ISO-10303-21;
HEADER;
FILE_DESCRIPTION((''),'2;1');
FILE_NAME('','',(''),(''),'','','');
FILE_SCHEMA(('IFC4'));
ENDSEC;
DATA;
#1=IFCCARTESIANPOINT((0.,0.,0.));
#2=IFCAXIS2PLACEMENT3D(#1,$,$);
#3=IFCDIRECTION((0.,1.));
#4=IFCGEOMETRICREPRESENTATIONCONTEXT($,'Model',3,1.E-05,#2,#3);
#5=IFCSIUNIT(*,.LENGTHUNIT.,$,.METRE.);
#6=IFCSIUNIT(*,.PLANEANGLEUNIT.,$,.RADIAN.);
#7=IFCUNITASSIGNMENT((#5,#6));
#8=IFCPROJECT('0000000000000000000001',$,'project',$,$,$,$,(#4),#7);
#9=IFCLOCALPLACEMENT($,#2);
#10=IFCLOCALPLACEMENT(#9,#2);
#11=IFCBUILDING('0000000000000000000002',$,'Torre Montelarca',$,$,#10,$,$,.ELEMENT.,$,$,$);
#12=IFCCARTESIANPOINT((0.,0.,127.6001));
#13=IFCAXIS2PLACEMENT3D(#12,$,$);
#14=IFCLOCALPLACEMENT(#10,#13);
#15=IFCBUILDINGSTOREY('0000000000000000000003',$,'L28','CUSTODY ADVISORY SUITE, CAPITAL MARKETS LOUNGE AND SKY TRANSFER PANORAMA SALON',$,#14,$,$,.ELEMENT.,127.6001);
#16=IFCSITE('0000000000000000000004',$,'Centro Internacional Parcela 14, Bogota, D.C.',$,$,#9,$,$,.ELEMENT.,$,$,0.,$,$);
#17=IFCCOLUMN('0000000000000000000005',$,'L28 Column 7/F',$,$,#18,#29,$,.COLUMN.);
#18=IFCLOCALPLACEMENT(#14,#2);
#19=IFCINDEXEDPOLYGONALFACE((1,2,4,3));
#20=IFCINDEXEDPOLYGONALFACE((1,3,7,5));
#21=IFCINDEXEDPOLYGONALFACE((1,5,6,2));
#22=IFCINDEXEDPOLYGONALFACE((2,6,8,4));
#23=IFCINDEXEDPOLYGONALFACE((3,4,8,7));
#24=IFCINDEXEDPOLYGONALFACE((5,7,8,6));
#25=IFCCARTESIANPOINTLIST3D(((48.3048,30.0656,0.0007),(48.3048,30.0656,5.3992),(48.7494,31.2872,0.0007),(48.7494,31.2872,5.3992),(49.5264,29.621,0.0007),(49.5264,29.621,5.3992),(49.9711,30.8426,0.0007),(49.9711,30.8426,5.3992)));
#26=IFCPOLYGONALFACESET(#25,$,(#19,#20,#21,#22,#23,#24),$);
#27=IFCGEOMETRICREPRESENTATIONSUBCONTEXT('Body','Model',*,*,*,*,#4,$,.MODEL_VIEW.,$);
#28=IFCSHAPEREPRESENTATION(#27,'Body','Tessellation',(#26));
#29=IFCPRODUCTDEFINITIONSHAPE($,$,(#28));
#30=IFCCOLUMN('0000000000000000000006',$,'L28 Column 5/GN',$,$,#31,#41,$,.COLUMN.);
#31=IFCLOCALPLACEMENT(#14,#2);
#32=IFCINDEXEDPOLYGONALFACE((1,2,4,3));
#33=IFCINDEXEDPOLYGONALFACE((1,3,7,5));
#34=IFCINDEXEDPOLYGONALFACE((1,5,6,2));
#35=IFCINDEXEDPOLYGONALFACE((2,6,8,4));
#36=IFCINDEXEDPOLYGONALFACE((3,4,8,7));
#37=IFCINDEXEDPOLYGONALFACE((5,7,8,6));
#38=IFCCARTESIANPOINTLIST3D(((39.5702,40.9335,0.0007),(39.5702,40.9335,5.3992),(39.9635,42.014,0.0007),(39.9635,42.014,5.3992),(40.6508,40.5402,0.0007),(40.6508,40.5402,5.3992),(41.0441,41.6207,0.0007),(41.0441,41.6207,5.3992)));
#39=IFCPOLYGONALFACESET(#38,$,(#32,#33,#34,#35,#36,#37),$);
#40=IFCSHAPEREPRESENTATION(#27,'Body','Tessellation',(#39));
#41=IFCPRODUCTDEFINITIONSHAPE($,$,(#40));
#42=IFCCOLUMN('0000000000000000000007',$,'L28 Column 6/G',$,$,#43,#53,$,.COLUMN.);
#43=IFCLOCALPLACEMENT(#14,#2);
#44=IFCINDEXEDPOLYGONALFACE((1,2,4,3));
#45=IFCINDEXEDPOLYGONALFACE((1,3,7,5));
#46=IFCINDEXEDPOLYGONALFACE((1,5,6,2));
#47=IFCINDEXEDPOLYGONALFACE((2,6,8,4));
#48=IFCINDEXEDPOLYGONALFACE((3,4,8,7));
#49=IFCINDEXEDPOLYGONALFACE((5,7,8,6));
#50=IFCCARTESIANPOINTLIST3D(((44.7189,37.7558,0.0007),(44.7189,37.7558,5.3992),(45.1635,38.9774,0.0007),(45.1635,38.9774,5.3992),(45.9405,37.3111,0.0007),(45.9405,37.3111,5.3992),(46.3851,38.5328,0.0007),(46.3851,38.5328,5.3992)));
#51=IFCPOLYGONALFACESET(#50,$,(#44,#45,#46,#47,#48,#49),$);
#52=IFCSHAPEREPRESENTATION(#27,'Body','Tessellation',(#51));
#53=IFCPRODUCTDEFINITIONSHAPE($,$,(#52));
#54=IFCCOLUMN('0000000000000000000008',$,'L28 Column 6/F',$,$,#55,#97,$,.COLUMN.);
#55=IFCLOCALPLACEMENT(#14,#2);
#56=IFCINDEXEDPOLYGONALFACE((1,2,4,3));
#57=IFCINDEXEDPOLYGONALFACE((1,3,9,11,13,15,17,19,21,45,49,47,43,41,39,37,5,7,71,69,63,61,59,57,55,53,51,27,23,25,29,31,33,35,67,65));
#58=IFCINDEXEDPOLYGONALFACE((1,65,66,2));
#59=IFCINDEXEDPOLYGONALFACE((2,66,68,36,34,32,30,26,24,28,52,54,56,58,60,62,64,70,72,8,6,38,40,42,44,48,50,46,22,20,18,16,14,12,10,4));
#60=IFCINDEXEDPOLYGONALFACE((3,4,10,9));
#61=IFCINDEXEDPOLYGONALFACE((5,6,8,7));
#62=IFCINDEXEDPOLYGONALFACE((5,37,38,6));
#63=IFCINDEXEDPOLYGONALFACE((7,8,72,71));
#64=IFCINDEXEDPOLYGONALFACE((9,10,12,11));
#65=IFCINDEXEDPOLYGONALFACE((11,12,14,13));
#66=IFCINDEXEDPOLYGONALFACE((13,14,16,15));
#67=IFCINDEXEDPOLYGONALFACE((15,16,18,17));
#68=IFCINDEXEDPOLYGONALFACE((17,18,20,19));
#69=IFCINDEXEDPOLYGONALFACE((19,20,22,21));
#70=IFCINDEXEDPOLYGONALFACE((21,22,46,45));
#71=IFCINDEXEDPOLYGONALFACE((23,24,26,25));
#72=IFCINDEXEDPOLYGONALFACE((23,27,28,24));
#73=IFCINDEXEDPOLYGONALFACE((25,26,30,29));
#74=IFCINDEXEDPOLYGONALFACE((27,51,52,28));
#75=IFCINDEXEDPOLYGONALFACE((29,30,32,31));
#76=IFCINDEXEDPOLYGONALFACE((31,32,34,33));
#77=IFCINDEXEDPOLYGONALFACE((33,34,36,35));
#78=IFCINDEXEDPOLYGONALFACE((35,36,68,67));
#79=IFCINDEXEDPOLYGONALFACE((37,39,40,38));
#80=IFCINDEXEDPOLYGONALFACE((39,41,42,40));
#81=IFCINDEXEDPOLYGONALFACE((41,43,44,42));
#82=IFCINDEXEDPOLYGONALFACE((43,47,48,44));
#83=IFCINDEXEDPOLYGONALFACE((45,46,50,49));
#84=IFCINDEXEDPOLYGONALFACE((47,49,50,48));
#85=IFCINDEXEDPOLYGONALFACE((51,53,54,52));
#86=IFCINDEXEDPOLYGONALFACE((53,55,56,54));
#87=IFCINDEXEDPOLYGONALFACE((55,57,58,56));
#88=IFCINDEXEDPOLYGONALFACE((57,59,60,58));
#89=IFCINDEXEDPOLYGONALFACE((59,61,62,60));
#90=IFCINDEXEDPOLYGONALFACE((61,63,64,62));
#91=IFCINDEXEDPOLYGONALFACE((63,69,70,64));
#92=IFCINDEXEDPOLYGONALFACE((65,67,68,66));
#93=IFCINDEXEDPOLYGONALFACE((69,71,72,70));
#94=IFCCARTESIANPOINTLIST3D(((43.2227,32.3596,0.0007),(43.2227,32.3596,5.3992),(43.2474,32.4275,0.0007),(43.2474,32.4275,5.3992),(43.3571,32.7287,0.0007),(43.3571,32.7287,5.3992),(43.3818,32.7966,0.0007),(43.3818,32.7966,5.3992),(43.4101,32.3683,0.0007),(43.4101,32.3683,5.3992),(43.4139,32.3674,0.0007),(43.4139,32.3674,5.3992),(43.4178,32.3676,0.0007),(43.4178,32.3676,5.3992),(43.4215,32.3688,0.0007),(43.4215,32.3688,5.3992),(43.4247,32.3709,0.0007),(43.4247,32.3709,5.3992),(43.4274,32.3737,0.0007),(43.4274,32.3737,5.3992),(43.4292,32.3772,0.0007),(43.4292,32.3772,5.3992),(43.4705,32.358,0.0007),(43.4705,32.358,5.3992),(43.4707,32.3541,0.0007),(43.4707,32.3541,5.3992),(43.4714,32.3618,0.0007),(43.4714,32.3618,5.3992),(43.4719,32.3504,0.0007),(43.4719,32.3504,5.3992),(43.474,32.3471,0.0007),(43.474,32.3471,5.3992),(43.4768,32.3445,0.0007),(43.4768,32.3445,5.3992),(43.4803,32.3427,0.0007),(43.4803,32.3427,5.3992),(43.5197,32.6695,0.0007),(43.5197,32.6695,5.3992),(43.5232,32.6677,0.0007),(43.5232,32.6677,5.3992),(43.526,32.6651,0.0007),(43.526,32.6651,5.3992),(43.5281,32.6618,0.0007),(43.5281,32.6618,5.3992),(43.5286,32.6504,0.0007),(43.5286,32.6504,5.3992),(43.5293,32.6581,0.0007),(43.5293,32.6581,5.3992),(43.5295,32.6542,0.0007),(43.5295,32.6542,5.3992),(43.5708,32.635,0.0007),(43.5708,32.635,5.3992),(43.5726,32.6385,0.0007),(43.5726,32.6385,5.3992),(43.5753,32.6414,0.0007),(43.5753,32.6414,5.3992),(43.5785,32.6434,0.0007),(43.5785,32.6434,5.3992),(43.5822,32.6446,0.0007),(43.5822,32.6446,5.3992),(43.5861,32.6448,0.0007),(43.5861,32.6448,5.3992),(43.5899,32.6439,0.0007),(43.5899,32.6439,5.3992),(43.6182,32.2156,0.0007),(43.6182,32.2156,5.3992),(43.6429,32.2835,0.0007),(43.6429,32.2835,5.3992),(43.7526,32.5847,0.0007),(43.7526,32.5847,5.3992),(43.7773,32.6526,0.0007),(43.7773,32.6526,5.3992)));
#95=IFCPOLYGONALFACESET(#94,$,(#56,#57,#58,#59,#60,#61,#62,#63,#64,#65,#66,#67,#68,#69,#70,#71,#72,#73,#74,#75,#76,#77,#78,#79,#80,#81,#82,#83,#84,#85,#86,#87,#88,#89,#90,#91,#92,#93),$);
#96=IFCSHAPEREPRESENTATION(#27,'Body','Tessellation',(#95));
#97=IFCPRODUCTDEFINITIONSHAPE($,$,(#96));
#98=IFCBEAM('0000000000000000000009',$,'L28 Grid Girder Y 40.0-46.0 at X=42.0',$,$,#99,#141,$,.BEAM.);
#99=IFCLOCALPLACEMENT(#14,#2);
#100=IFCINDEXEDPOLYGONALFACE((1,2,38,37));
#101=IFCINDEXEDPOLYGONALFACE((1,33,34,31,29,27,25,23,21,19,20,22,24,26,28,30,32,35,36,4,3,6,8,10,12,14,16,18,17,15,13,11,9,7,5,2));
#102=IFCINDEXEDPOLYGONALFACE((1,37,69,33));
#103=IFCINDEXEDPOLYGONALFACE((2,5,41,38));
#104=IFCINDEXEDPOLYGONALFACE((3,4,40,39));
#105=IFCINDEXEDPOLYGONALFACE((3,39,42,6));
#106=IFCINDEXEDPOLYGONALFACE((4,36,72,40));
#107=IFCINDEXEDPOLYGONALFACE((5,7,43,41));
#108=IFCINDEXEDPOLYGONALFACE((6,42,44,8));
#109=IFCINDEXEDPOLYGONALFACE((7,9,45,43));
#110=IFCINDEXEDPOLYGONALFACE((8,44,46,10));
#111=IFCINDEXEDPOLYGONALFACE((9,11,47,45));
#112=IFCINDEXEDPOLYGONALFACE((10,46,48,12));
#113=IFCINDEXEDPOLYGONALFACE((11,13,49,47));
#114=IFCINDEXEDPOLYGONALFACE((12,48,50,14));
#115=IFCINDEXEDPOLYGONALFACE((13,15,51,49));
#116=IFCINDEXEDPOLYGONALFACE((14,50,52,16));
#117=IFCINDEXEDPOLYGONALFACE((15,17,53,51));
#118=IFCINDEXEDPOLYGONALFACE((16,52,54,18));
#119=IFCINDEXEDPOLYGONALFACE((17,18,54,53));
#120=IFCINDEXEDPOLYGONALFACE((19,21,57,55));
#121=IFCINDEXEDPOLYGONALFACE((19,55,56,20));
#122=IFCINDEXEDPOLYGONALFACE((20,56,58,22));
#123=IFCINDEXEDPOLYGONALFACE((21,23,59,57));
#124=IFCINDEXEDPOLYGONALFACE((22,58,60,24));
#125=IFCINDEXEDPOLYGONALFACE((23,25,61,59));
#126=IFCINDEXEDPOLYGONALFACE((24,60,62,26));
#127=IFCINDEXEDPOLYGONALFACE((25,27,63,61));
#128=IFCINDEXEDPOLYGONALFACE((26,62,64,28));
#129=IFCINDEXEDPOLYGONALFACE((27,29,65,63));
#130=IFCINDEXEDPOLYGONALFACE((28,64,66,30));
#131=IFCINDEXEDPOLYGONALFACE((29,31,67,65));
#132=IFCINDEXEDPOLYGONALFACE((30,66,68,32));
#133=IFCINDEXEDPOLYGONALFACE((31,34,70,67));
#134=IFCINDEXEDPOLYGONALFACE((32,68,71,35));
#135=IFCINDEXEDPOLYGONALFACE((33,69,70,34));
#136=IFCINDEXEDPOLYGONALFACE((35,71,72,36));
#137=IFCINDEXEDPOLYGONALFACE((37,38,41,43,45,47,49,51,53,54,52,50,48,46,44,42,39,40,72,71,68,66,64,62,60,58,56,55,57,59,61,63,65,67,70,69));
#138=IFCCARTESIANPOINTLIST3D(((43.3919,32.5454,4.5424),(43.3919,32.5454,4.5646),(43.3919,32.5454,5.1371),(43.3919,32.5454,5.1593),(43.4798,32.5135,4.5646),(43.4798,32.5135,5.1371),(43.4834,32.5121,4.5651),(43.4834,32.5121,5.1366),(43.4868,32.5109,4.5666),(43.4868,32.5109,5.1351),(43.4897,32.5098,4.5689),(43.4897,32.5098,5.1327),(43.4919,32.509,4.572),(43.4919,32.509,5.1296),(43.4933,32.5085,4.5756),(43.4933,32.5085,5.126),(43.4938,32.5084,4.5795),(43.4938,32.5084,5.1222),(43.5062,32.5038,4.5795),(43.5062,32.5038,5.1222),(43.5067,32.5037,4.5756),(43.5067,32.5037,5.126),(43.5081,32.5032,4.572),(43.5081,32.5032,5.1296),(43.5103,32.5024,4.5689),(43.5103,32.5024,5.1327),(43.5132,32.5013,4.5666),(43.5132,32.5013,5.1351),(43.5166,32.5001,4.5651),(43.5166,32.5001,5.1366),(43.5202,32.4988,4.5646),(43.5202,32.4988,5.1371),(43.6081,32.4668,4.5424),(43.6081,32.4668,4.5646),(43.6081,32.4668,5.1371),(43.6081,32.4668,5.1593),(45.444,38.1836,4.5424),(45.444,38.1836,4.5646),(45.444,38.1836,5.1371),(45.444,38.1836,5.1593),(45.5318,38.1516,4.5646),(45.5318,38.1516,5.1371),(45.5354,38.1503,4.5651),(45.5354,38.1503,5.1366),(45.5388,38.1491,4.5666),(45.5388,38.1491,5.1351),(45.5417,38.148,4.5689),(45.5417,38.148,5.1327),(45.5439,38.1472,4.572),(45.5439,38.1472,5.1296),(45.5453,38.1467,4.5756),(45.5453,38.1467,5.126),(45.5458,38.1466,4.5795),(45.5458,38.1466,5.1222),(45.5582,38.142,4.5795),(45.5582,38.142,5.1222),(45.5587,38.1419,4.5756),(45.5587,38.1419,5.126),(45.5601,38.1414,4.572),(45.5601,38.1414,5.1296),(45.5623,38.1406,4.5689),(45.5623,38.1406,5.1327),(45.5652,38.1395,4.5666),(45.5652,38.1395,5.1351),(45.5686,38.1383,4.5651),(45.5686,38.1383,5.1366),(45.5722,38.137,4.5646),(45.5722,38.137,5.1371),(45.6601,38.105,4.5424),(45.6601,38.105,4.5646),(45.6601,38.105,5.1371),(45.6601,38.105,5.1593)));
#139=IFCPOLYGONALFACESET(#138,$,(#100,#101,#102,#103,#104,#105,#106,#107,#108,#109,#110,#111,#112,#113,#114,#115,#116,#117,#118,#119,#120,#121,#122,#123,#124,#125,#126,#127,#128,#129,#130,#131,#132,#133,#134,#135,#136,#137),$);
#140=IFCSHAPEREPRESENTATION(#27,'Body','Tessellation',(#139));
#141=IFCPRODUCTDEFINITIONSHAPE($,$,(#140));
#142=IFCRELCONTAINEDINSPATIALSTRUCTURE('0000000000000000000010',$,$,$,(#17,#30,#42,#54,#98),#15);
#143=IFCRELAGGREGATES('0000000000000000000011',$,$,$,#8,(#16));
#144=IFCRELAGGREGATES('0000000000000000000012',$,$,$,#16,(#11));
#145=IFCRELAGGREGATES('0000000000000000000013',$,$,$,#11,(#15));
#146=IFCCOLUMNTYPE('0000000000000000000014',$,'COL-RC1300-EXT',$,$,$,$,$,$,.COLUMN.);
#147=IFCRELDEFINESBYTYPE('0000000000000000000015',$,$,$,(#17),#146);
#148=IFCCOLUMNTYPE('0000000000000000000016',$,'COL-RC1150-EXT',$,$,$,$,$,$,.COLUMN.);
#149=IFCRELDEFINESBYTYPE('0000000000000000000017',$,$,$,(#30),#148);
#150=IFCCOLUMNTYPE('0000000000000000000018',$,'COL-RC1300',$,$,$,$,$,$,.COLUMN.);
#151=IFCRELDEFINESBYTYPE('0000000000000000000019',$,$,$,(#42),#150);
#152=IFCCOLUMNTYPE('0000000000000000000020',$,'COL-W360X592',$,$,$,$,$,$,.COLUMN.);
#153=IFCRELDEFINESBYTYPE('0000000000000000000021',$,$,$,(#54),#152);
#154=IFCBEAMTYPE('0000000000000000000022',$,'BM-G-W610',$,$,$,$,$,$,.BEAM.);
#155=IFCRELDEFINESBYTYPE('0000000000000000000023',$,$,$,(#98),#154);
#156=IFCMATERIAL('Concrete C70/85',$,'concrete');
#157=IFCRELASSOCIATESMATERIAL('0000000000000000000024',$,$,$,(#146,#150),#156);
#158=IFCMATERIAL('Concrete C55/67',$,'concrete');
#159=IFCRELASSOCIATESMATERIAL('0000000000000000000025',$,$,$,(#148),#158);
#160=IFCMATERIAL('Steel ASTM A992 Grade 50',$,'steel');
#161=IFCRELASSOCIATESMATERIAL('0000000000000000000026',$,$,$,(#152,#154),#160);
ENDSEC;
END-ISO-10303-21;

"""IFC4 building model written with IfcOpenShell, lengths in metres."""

from ifc_helpers import new_model, si_unit, direction, frame, origin, origin_2d, place, context, subcontext, project, spatial, rectangle, i_section, extrude, source, transform, mapped, material, material_profile, profile_set, type_object, element, save


model = new_model("IFC4")

# Units and contexts
model_context = context("Model", 3, precision=1e-05, world=origin(), true_north=direction((0.0, 1.0)))
body_context = subcontext(model_context, "Body", "Model", "MODEL_VIEW")
ifc_project = project(units=[si_unit("LENGTHUNIT", "METRE"), si_unit("PLANEANGLEUNIT", "RADIAN")], contexts=[model_context])

# Site, building, storey
site_placement = place(None, origin())
site = spatial("IfcSite", under=ifc_project, at=site_placement, Name="Centro Internacional Parcela 14, Bogota, D.C.", CompositionType="ELEMENT", RefElevation=0.0)
building_placement = place(site_placement, origin())
building = spatial("IfcBuilding", under=site, at=building_placement, Name="Torre Montelarca", CompositionType="ELEMENT")
storey_placement = place(building_placement, frame((0.0, 0.0, 127.6001)))
storey = spatial("IfcBuildingStorey", under=building, at=storey_placement, Name="L28", Description="CUSTODY ADVISORY SUITE, CAPITAL MARKETS LOUNGE AND SKY TRANSFER PANORAMA SALON", CompositionType="ELEMENT", Elevation=127.6001)

# Columns
ifc_material_1 = material(Name="Concrete C70/85", Category="concrete")
ifc_material_profile_1 = material_profile(ifc_material_1, rectangle(XDim=1.3, YDim=1.3, at=origin_2d()), Name="RC1300X1300", Category="concrete")
ifc_profile_set_1 = profile_set([ifc_material_profile_1], Name="Concrete C70/85")
column_type_1 = type_object("IfcColumnType", Name="COL-RC1300-EXT", PredefinedType="COLUMN", material=ifc_profile_set_1)
shared_shape_1 = source(origin(), body_context, "Body", "SweptSolid", [
    extrude(rectangle(XDim=1.3, YDim=1.3, at=origin_2d()), origin(), (0.0, 0.0, 1.0), 5.3984),
])
column_1_placement = place(storey_placement, frame((49.1379, 30.4541, 0.0007), z_axis=(0.0, 0.0, 1.0), x_axis=(-0.939693, 0.34202, 0.0)))
element("IfcColumn", 1, at=column_1_placement, inside=storey, type_object=column_type_1, Name="L28 Column 7/F", PredefinedType="COLUMN", context=body_context, shape_type="MappedRepresentation", body=[
    mapped(shared_shape_1, transform((0.0, 0.0, 0.0), scale=1.0)),
])
ifc_material_2 = material(Name="Concrete C55/67", Category="concrete")
ifc_material_profile_2 = material_profile(ifc_material_2, rectangle(XDim=1.1499, YDim=1.1499, at=origin_2d()), Name="RC1150X1150", Category="concrete")
ifc_profile_set_2 = profile_set([ifc_material_profile_2], Name="Concrete C55/67")
column_type_2 = type_object("IfcColumnType", Name="COL-RC1150-EXT", PredefinedType="COLUMN", material=ifc_profile_set_2)
shared_shape_2 = source(origin(), body_context, "Body", "SweptSolid", [
    extrude(rectangle(XDim=1.1499, YDim=1.1499, at=origin_2d()), origin(), (0.0, 0.0, 1.0), 5.3984),
])
column_2_placement = place(storey_placement, frame((40.3071, 41.2771, 0.0007), z_axis=(0.0, 0.0, 1.0), x_axis=(-0.939693, 0.34202, 0.0)))
element("IfcColumn", 2, at=column_2_placement, inside=storey, type_object=column_type_2, Name="L28 Column 5/GN", PredefinedType="COLUMN", context=body_context, shape_type="MappedRepresentation", body=[
    mapped(shared_shape_2, transform((0.0, 0.0, 0.0), scale=1.0)),
])
ifc_material_profile_3 = material_profile(ifc_material_1, rectangle(XDim=1.3, YDim=1.3, at=origin_2d()), Name="RC1300X1300", Category="concrete")
ifc_profile_set_3 = profile_set([ifc_material_profile_3], Name="Concrete C70/85")
column_type_3 = type_object("IfcColumnType", Name="COL-RC1300", PredefinedType="COLUMN", material=ifc_profile_set_3)
shared_shape_3 = source(origin(), body_context, "Body", "SweptSolid", [
    extrude(rectangle(XDim=1.3, YDim=1.3, at=origin_2d()), origin(), (0.0, 0.0, 1.0), 5.3984),
])
column_3_placement = place(storey_placement, frame((45.552, 38.1443, 0.0007), z_axis=(0.0, 0.0, 1.0), x_axis=(-0.939693, 0.34202, 0.0)))
element("IfcColumn", 3, at=column_3_placement, inside=storey, type_object=column_type_3, Name="L28 Column 6/G", PredefinedType="COLUMN", context=body_context, shape_type="MappedRepresentation", body=[
    mapped(shared_shape_3, transform((0.0, 0.0, 0.0), scale=1.0)),
])
ifc_material_3 = material(Name="Steel ASTM A992 Grade 50", Category="steel")
ifc_material_profile_4 = material_profile(ifc_material_3, i_section(OverallWidth=0.4209, OverallDepth=0.4651, WebThickness=0.0449, FlangeThickness=0.0723, FilletRadius=0.0149, at=origin_2d()), Name="W360X592", Category="steel")
ifc_profile_set_4 = profile_set([ifc_material_profile_4], Name="Steel ASTM A992 Grade 50")
column_type_4 = type_object("IfcColumnType", Name="COL-W360X592", PredefinedType="COLUMN", material=ifc_profile_set_4)
shared_shape_4 = source(origin(), body_context, "Body", "SweptSolid", [
    extrude(i_section(OverallWidth=0.4209, OverallDepth=0.4651, WebThickness=0.0449, FlangeThickness=0.0723, FilletRadius=0.0149, at=origin_2d()), origin(), (0.0, 0.0, 1.0), 5.3984),
])
column_4_placement = place(storey_placement, frame((43.5, 32.5061, 0.0007), z_axis=(0.0, 0.0, 1.0), x_axis=(-0.939693, 0.34202, 0.0)))
element("IfcColumn", 4, at=column_4_placement, inside=storey, type_object=column_type_4, Name="L28 Column 6/F", PredefinedType="COLUMN", context=body_context, shape_type="MappedRepresentation", body=[
    mapped(shared_shape_4, transform((0.0, 0.0, 0.0), scale=1.0)),
])

# Beam
ifc_material_profile_5 = material_profile(ifc_material_3, i_section(OverallWidth=0.23, OverallDepth=0.6169, WebThickness=0.0132, FlangeThickness=0.0222, FilletRadius=0.0149, at=origin_2d()), Name="W610X140", Category="steel")
ifc_profile_set_5 = profile_set([ifc_material_profile_5], Name="Steel ASTM A992 Grade 50")
beam_type = type_object("IfcBeamType", Name="BM-G-W610", PredefinedType="BEAM", material=ifc_profile_set_5)
shared_shape_5 = source(origin(), body_context, "Body", "SweptSolid", [
    extrude(i_section(OverallWidth=0.23, OverallDepth=0.6169, WebThickness=0.0132, FlangeThickness=0.0222, FilletRadius=0.0149, at=origin_2d()), origin(), (0.0, 0.0, 1.0), 6.0),
])
beam_1_placement = place(storey_placement, frame((43.5, 32.5061, 4.8508), z_axis=(0.342001, 0.9397, 0.0), x_axis=(-0.9397, 0.342001, 0.0)))
element("IfcBeam", 5, at=beam_1_placement, inside=storey, type_object=beam_type, Name="L28 Grid Girder Y 40.0-46.0 at X=42.0", PredefinedType="BEAM", context=body_context, shape_type="MappedRepresentation", body=[
    mapped(shared_shape_5, transform((0.0, 0.0, 0.0), scale=1.0)),
])

save(model, "model.ifc")
